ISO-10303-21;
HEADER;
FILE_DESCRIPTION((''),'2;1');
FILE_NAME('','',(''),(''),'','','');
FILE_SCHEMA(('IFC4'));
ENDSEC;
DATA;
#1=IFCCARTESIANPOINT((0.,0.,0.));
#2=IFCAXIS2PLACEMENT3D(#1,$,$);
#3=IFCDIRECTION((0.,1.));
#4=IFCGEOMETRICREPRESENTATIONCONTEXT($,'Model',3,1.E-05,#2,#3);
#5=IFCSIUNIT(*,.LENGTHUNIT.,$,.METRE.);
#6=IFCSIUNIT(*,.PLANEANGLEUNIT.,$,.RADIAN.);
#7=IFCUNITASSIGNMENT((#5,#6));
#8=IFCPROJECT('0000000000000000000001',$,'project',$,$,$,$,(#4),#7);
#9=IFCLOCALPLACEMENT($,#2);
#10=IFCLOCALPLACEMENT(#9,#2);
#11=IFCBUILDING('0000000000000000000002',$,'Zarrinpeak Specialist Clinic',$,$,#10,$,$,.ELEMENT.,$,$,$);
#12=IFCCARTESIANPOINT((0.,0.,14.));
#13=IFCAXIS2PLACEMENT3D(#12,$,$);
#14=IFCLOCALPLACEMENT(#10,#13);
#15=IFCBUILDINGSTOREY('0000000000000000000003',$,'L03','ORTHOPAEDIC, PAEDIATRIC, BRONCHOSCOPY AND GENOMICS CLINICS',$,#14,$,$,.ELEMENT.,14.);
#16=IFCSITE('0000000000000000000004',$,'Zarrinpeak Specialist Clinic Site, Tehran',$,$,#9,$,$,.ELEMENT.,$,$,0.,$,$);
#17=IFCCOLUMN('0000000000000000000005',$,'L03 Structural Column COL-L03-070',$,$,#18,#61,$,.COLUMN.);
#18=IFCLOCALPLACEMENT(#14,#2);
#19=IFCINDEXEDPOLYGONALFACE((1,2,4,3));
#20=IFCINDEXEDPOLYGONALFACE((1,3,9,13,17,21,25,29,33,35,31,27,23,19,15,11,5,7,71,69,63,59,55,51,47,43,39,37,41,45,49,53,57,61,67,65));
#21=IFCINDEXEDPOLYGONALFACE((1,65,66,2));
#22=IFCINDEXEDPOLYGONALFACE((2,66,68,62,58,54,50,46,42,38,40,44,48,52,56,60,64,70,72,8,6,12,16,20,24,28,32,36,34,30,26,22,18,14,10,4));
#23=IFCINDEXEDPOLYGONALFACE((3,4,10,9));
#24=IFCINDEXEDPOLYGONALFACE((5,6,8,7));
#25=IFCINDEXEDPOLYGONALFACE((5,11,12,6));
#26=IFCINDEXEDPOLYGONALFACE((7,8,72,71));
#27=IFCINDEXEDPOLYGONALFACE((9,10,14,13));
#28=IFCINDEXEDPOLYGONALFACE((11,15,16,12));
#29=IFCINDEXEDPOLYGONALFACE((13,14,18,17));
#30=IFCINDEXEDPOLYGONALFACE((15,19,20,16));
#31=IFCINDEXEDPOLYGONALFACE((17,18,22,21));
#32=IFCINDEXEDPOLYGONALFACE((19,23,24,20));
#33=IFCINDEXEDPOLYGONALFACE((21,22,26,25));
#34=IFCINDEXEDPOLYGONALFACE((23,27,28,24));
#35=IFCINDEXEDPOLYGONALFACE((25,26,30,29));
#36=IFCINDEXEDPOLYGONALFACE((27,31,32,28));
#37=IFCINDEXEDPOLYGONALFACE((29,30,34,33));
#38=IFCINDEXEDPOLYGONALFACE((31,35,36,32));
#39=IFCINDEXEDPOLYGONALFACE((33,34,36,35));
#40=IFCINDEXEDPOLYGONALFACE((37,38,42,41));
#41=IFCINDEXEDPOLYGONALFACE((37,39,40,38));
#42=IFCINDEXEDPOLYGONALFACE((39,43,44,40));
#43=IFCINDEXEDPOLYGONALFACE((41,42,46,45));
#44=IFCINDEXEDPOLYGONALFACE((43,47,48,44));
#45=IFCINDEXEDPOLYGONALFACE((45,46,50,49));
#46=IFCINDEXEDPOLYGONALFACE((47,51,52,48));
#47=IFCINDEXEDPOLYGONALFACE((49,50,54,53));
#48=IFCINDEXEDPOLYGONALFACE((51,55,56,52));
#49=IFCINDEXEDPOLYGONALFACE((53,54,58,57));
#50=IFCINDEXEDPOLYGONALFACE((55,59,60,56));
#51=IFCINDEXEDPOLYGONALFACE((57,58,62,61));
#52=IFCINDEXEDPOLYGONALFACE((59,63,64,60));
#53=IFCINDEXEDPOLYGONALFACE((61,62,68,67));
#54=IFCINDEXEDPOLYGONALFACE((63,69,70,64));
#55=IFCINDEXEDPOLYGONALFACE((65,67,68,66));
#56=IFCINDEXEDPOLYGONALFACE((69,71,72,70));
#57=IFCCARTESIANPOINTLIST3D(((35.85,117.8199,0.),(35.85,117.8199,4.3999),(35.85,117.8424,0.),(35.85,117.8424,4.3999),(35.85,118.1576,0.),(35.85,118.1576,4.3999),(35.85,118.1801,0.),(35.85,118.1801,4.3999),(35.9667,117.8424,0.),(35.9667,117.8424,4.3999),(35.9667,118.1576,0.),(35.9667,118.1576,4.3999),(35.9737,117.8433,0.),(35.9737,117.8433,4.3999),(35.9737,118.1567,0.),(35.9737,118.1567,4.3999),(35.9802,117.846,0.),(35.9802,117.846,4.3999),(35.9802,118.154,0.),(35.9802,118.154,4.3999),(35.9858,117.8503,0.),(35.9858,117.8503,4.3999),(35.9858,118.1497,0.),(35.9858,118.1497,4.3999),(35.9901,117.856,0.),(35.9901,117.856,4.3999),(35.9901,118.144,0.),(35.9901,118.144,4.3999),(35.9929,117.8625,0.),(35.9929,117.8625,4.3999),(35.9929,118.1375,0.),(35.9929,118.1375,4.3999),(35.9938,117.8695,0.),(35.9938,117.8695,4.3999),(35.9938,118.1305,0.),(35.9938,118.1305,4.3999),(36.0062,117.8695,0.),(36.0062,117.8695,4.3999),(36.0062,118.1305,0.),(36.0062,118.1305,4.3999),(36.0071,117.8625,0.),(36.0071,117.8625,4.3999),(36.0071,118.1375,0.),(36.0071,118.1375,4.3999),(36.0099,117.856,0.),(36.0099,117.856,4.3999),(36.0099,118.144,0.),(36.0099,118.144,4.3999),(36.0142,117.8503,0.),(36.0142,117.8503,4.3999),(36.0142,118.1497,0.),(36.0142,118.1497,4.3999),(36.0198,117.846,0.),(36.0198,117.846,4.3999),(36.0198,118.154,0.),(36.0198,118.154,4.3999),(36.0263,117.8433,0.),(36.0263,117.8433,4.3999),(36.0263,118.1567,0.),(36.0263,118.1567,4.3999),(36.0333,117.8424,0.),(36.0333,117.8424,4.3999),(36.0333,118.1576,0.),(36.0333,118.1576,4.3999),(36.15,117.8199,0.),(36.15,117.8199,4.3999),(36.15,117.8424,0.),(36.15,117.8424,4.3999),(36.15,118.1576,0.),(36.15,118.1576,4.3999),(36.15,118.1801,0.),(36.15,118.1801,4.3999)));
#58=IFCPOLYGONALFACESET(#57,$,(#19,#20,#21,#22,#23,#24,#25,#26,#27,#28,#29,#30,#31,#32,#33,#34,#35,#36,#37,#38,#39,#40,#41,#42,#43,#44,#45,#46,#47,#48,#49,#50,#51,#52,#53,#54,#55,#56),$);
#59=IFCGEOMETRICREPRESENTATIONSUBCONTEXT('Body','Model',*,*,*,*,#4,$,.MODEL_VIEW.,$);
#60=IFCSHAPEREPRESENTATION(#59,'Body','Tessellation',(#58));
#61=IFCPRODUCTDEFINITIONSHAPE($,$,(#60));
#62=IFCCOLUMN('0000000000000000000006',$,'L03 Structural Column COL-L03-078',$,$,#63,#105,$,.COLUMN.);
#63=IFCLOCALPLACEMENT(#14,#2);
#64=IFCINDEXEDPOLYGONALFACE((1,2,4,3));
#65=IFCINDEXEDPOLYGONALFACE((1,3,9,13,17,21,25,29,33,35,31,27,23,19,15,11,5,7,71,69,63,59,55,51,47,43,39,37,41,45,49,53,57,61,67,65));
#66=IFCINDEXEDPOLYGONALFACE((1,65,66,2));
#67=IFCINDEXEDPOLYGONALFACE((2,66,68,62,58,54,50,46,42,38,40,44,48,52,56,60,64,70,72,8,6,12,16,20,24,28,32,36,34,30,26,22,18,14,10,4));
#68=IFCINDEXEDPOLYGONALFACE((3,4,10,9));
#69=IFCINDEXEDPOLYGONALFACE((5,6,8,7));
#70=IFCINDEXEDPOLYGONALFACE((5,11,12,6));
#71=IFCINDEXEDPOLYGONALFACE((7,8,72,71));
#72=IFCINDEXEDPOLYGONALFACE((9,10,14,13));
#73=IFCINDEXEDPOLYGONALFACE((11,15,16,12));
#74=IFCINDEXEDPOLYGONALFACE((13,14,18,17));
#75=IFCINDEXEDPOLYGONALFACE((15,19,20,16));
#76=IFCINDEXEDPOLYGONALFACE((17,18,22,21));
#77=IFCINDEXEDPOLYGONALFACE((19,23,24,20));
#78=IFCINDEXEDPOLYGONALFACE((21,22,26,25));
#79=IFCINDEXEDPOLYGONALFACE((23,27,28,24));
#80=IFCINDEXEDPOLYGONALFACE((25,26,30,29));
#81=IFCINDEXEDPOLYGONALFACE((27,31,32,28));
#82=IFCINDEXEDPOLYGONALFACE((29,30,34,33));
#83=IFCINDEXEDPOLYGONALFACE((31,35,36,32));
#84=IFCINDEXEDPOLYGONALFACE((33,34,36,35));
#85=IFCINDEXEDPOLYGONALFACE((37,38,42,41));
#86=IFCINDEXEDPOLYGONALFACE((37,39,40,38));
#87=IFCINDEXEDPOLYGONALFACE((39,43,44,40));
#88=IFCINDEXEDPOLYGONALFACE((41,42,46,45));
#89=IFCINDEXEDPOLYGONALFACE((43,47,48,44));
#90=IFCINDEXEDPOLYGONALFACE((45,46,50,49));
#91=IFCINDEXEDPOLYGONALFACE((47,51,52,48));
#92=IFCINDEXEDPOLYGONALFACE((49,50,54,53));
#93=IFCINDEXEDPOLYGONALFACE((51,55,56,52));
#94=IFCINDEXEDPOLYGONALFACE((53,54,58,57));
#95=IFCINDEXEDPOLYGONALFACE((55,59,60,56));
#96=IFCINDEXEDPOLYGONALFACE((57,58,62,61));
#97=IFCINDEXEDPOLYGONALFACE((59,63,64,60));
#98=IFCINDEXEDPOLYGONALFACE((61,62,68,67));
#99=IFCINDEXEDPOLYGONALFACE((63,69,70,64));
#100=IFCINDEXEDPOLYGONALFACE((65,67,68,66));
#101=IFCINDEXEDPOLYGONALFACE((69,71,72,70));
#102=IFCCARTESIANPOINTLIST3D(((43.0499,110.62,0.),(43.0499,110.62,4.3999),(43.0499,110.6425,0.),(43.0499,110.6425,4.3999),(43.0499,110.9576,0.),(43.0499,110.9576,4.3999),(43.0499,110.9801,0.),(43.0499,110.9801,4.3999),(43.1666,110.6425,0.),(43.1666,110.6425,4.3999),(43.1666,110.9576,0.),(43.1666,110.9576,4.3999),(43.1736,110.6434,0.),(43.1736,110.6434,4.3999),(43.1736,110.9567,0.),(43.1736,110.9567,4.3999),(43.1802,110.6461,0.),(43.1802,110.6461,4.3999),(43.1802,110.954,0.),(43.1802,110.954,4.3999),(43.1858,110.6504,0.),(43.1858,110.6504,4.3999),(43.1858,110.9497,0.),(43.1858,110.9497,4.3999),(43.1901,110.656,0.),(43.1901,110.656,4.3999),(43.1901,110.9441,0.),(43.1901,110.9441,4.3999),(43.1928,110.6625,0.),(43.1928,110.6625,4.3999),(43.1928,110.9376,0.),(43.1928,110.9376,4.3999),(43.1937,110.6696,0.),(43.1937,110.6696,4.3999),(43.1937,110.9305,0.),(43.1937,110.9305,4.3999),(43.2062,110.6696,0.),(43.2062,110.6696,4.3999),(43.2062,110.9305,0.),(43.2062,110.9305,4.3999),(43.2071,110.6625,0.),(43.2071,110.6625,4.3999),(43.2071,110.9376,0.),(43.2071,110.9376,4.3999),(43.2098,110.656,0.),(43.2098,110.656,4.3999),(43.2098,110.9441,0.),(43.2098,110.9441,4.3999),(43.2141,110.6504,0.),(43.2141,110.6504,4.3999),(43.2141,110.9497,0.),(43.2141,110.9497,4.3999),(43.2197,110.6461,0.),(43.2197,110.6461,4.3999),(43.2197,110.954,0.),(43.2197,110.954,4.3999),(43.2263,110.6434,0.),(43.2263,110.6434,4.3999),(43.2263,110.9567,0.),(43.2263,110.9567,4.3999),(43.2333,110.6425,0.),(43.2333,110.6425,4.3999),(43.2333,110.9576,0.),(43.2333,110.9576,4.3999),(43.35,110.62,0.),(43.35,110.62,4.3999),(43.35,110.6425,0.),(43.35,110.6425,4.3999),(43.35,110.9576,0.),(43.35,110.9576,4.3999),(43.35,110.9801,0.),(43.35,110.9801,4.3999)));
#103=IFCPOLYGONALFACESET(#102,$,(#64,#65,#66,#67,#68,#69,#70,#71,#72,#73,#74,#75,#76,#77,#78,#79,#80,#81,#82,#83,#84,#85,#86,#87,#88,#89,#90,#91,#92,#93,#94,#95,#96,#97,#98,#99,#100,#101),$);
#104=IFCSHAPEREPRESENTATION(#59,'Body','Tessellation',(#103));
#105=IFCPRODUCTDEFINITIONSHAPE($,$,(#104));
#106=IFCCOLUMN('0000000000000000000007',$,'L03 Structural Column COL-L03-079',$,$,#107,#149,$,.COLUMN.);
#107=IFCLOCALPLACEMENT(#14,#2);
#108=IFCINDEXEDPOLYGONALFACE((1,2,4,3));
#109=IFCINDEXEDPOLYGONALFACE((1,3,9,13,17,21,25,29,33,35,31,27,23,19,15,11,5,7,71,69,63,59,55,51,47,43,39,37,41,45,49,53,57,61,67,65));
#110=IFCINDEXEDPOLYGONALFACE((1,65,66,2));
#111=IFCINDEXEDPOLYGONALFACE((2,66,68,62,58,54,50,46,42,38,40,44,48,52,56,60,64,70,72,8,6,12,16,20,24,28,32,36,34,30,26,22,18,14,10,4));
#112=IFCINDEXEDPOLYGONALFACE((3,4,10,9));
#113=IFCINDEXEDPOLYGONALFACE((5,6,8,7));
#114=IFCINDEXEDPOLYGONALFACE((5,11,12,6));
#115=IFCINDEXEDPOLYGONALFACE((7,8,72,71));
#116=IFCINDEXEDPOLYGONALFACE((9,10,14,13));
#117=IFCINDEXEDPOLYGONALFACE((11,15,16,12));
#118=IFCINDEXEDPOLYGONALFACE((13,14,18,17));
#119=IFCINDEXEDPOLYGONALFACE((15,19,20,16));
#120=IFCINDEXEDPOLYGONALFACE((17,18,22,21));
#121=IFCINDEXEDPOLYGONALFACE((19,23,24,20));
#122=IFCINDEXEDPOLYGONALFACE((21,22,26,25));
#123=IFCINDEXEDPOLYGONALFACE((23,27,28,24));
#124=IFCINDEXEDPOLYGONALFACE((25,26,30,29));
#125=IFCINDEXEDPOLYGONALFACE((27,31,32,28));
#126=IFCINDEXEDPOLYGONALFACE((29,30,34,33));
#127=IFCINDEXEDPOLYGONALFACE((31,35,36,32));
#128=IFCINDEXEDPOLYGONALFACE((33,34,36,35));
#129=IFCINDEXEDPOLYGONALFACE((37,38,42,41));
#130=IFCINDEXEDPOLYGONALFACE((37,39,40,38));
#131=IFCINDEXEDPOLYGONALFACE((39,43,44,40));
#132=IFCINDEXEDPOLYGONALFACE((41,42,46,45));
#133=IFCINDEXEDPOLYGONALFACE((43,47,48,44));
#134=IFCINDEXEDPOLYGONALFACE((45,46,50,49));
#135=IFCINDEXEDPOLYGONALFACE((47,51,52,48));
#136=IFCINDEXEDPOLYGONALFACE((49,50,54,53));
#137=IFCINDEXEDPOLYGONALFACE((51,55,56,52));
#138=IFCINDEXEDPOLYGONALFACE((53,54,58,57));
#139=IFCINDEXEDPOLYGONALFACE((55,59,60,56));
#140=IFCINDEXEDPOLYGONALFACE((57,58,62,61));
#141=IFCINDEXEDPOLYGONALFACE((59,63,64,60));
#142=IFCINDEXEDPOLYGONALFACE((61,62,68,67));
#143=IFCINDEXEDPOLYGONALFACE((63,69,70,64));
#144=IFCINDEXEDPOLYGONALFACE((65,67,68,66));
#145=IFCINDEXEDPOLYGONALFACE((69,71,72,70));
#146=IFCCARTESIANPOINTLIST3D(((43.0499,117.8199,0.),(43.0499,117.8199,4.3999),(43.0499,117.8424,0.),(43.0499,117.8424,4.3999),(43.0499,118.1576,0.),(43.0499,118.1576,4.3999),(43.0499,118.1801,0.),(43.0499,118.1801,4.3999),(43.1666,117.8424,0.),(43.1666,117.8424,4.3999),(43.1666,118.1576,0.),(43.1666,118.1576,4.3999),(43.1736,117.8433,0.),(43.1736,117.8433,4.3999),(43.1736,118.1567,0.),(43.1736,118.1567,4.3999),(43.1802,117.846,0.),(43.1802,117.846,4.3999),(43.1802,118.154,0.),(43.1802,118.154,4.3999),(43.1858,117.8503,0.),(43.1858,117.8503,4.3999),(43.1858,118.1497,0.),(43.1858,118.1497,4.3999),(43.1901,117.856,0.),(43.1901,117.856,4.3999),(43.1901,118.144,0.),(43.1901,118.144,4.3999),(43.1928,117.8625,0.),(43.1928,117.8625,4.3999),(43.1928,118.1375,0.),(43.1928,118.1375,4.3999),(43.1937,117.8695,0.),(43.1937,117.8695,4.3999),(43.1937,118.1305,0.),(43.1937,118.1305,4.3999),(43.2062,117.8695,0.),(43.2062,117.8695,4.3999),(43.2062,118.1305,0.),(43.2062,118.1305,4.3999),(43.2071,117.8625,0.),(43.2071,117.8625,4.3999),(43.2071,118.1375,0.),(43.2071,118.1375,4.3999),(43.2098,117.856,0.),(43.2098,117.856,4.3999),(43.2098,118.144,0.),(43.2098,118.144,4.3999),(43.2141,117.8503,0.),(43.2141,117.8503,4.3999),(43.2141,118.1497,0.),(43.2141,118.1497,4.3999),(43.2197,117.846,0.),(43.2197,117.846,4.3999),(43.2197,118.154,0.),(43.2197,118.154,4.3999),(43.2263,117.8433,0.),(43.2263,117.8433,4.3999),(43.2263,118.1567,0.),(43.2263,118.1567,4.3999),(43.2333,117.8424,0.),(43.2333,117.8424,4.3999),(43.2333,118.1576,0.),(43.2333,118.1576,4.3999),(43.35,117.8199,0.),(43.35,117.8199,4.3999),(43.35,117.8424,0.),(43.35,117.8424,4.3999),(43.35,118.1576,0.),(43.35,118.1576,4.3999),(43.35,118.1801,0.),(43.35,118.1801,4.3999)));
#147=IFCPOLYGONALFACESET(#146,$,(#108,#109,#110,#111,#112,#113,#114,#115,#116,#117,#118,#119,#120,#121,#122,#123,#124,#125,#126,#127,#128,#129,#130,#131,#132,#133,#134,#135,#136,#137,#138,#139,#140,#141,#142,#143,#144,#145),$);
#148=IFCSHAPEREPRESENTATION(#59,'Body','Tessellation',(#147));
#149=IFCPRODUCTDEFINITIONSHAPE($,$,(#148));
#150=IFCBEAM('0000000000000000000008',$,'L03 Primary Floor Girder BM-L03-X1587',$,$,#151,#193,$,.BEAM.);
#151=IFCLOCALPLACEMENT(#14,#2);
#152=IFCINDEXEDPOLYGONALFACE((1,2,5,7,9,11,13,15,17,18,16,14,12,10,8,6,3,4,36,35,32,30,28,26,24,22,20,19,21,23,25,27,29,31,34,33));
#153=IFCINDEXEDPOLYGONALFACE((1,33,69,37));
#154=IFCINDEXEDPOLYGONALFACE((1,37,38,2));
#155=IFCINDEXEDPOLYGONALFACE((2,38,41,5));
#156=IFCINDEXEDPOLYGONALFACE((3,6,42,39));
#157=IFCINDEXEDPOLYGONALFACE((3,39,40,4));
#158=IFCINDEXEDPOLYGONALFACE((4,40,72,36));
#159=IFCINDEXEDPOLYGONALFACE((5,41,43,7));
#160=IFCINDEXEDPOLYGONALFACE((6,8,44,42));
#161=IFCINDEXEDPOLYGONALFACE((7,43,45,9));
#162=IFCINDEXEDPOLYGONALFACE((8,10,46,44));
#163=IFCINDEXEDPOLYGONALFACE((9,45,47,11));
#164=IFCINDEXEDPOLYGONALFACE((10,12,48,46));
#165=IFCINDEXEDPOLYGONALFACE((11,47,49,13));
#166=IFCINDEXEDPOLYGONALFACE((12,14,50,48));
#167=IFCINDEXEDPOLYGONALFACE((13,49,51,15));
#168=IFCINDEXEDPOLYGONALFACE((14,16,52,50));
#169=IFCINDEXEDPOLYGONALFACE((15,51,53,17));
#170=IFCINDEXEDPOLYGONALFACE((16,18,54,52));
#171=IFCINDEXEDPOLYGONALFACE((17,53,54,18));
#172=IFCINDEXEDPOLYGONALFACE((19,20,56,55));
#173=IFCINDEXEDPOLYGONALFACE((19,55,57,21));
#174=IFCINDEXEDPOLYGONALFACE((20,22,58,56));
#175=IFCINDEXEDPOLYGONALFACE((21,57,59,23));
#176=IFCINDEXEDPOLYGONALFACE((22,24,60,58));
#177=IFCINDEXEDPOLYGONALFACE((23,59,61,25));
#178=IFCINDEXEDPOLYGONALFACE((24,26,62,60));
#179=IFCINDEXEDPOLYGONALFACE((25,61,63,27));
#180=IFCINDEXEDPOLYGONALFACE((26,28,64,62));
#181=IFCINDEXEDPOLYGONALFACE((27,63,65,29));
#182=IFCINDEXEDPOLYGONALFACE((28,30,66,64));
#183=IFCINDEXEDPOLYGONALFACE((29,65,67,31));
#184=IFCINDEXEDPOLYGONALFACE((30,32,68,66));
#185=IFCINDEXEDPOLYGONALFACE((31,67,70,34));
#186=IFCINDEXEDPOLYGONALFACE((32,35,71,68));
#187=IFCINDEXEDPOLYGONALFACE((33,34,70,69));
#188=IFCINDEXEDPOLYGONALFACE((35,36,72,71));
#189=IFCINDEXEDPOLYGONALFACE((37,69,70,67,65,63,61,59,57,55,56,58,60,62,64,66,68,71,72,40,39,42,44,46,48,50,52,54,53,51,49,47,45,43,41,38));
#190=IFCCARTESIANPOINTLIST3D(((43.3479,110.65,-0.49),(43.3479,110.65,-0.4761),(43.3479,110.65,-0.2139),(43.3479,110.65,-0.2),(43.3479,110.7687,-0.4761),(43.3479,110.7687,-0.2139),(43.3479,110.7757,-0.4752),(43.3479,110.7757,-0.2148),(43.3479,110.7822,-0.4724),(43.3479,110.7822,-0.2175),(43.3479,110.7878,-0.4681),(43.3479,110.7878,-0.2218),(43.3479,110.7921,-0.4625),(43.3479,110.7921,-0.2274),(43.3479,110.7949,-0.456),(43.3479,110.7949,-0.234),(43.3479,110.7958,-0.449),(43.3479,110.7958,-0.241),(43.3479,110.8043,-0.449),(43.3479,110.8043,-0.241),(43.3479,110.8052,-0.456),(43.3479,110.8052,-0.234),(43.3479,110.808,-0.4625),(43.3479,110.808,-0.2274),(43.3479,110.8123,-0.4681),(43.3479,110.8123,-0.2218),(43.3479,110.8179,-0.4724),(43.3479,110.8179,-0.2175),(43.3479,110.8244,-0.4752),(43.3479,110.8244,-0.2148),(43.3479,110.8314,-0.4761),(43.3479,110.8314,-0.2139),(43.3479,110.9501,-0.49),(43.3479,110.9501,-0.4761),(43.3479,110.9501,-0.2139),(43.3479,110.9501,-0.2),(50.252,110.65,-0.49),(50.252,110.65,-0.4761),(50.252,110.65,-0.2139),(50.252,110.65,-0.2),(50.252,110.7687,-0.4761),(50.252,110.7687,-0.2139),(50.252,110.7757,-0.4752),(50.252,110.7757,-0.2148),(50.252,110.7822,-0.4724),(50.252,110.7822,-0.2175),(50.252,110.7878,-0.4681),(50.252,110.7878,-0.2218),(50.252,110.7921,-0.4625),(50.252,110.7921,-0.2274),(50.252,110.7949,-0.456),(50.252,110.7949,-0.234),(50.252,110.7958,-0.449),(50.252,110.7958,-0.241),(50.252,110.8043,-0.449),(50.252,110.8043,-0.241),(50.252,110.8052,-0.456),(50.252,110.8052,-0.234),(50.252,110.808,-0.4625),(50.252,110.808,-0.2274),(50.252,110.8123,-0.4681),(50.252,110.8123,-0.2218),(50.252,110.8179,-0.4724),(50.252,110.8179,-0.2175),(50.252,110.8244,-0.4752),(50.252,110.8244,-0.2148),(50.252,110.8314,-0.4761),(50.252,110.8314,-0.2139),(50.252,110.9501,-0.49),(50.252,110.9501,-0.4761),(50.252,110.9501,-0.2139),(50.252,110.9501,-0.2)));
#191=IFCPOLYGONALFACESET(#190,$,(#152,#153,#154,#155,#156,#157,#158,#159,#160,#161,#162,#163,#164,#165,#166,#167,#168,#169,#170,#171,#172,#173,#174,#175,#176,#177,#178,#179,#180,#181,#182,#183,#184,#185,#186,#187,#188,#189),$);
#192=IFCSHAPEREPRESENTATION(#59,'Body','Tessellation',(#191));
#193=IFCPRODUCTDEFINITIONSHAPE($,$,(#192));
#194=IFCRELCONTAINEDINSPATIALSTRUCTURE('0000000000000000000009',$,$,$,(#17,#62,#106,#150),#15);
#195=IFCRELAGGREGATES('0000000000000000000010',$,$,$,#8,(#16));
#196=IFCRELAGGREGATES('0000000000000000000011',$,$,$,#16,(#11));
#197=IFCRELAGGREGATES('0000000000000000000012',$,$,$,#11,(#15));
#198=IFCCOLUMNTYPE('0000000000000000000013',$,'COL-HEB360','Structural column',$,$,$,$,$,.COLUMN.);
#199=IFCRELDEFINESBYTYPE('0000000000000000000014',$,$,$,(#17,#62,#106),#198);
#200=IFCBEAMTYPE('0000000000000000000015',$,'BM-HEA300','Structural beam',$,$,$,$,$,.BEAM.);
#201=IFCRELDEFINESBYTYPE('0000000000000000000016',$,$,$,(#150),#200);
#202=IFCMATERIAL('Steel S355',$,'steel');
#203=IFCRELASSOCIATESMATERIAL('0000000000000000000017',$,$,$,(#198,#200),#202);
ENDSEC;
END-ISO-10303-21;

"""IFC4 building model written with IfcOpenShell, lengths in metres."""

from ifc_helpers import new_model, si_unit, direction, frame, origin, origin_2d, place, context, subcontext, project, spatial, i_section, extrude, material, material_profile, profile_set, type_object, element, save


model = new_model("IFC4")

# Units and contexts
model_context = context("Model", 3, precision=1e-05, world=origin(), true_north=direction((0.0, 1.0)))
body_context = subcontext(model_context, "Body", "Model", "MODEL_VIEW")
ifc_project = project(units=[si_unit("LENGTHUNIT", "METRE"), si_unit("PLANEANGLEUNIT", "RADIAN")], contexts=[model_context])

# Site, building, storey
site_placement = place(None, origin())
site = spatial("IfcSite", under=ifc_project, at=site_placement, Name="Zarrinpeak Specialist Clinic Site, Tehran", CompositionType="ELEMENT", RefElevation=0.0)
building_placement = place(site_placement, origin())
building = spatial("IfcBuilding", under=site, at=building_placement, Name="Zarrinpeak Specialist Clinic", CompositionType="ELEMENT")
storey_placement = place(building_placement, frame((0.0, 0.0, 14.0)))
storey = spatial("IfcBuildingStorey", under=building, at=storey_placement, Name="L03", Description="ORTHOPAEDIC, PAEDIATRIC, BRONCHOSCOPY AND GENOMICS CLINICS", CompositionType="ELEMENT", Elevation=14.0)

# Columns
ifc_material_1 = material(Name="Steel S355", Category="steel")
ifc_material_profile_1 = material_profile(ifc_material_1, i_section(OverallWidth=0.3, OverallDepth=0.3601, WebThickness=0.0125, FlangeThickness=0.0225, FilletRadius=0.0271, at=origin_2d()), Name="HEB 360")
ifc_profile_set_1 = profile_set([ifc_material_profile_1], Name="Steel S355")
column_type = type_object("IfcColumnType", Name="COL-HEB360", Description="Structural column", PredefinedType="COLUMN", material=ifc_profile_set_1)
for number, where, z_axis, x_axis, name in (
    (1, (36.0, 118.0, 0.0), (0.0, 0.0, 1.0), (1.0, 0.0, 0.0), "L03 Structural Column COL-L03-070"),
    (2, (43.2, 110.8, 0.0), (0.0, 0.0, 1.0), (1.0, 0.0, 0.0), "L03 Structural Column COL-L03-078"),
    (3, (43.2, 118.0, 0.0), (0.0, 0.0, 1.0), (1.0, 0.0, 0.0), "L03 Structural Column COL-L03-079"),
):
    element("IfcColumn", number, at=place(storey_placement, frame(where, z_axis=z_axis, x_axis=x_axis)), inside=storey, type_object=column_type, Name=name, PredefinedType="COLUMN", context=body_context, shape_type="SweptSolid", body=[
        extrude(i_section(OverallWidth=0.3, OverallDepth=0.3601, WebThickness=0.0125, FlangeThickness=0.0225, FilletRadius=0.0271, at=origin_2d()), origin(), (0.0, 0.0, 1.0), 4.3999),
    ])

# Beam
ifc_material_profile_2 = material_profile(ifc_material_1, i_section(OverallWidth=0.3, OverallDepth=0.29, WebThickness=0.0085, FlangeThickness=0.0139, FilletRadius=0.0271, at=origin_2d()), Name="HEA 300")
ifc_profile_set_2 = profile_set([ifc_material_profile_2], Name="Steel S355")
beam_type_1 = type_object("IfcBeamType", Name="BM-HEA300", Description="Structural beam", PredefinedType="BEAM", material=ifc_profile_set_2)
for number, where, z_axis, x_axis, name in (
    (4, (43.3479, 110.8, -0.345), (1.0, 0.0, 0.0), (0.0, 1.0, 0.0), "L03 Primary Floor Girder BM-L03-X1587"),
):
    element("IfcBeam", number, at=place(storey_placement, frame(where, z_axis=z_axis, x_axis=x_axis)), inside=storey, type_object=beam_type_1, Name=name, PredefinedType="BEAM", context=body_context, shape_type="SweptSolid", body=[
        extrude(i_section(OverallWidth=0.3, OverallDepth=0.29, WebThickness=0.0085, FlangeThickness=0.0139, FilletRadius=0.0271, at=origin_2d()), origin(), (0.0, 0.0, 1.0), 6.9041),
    ])

save(model, "model.ifc")
